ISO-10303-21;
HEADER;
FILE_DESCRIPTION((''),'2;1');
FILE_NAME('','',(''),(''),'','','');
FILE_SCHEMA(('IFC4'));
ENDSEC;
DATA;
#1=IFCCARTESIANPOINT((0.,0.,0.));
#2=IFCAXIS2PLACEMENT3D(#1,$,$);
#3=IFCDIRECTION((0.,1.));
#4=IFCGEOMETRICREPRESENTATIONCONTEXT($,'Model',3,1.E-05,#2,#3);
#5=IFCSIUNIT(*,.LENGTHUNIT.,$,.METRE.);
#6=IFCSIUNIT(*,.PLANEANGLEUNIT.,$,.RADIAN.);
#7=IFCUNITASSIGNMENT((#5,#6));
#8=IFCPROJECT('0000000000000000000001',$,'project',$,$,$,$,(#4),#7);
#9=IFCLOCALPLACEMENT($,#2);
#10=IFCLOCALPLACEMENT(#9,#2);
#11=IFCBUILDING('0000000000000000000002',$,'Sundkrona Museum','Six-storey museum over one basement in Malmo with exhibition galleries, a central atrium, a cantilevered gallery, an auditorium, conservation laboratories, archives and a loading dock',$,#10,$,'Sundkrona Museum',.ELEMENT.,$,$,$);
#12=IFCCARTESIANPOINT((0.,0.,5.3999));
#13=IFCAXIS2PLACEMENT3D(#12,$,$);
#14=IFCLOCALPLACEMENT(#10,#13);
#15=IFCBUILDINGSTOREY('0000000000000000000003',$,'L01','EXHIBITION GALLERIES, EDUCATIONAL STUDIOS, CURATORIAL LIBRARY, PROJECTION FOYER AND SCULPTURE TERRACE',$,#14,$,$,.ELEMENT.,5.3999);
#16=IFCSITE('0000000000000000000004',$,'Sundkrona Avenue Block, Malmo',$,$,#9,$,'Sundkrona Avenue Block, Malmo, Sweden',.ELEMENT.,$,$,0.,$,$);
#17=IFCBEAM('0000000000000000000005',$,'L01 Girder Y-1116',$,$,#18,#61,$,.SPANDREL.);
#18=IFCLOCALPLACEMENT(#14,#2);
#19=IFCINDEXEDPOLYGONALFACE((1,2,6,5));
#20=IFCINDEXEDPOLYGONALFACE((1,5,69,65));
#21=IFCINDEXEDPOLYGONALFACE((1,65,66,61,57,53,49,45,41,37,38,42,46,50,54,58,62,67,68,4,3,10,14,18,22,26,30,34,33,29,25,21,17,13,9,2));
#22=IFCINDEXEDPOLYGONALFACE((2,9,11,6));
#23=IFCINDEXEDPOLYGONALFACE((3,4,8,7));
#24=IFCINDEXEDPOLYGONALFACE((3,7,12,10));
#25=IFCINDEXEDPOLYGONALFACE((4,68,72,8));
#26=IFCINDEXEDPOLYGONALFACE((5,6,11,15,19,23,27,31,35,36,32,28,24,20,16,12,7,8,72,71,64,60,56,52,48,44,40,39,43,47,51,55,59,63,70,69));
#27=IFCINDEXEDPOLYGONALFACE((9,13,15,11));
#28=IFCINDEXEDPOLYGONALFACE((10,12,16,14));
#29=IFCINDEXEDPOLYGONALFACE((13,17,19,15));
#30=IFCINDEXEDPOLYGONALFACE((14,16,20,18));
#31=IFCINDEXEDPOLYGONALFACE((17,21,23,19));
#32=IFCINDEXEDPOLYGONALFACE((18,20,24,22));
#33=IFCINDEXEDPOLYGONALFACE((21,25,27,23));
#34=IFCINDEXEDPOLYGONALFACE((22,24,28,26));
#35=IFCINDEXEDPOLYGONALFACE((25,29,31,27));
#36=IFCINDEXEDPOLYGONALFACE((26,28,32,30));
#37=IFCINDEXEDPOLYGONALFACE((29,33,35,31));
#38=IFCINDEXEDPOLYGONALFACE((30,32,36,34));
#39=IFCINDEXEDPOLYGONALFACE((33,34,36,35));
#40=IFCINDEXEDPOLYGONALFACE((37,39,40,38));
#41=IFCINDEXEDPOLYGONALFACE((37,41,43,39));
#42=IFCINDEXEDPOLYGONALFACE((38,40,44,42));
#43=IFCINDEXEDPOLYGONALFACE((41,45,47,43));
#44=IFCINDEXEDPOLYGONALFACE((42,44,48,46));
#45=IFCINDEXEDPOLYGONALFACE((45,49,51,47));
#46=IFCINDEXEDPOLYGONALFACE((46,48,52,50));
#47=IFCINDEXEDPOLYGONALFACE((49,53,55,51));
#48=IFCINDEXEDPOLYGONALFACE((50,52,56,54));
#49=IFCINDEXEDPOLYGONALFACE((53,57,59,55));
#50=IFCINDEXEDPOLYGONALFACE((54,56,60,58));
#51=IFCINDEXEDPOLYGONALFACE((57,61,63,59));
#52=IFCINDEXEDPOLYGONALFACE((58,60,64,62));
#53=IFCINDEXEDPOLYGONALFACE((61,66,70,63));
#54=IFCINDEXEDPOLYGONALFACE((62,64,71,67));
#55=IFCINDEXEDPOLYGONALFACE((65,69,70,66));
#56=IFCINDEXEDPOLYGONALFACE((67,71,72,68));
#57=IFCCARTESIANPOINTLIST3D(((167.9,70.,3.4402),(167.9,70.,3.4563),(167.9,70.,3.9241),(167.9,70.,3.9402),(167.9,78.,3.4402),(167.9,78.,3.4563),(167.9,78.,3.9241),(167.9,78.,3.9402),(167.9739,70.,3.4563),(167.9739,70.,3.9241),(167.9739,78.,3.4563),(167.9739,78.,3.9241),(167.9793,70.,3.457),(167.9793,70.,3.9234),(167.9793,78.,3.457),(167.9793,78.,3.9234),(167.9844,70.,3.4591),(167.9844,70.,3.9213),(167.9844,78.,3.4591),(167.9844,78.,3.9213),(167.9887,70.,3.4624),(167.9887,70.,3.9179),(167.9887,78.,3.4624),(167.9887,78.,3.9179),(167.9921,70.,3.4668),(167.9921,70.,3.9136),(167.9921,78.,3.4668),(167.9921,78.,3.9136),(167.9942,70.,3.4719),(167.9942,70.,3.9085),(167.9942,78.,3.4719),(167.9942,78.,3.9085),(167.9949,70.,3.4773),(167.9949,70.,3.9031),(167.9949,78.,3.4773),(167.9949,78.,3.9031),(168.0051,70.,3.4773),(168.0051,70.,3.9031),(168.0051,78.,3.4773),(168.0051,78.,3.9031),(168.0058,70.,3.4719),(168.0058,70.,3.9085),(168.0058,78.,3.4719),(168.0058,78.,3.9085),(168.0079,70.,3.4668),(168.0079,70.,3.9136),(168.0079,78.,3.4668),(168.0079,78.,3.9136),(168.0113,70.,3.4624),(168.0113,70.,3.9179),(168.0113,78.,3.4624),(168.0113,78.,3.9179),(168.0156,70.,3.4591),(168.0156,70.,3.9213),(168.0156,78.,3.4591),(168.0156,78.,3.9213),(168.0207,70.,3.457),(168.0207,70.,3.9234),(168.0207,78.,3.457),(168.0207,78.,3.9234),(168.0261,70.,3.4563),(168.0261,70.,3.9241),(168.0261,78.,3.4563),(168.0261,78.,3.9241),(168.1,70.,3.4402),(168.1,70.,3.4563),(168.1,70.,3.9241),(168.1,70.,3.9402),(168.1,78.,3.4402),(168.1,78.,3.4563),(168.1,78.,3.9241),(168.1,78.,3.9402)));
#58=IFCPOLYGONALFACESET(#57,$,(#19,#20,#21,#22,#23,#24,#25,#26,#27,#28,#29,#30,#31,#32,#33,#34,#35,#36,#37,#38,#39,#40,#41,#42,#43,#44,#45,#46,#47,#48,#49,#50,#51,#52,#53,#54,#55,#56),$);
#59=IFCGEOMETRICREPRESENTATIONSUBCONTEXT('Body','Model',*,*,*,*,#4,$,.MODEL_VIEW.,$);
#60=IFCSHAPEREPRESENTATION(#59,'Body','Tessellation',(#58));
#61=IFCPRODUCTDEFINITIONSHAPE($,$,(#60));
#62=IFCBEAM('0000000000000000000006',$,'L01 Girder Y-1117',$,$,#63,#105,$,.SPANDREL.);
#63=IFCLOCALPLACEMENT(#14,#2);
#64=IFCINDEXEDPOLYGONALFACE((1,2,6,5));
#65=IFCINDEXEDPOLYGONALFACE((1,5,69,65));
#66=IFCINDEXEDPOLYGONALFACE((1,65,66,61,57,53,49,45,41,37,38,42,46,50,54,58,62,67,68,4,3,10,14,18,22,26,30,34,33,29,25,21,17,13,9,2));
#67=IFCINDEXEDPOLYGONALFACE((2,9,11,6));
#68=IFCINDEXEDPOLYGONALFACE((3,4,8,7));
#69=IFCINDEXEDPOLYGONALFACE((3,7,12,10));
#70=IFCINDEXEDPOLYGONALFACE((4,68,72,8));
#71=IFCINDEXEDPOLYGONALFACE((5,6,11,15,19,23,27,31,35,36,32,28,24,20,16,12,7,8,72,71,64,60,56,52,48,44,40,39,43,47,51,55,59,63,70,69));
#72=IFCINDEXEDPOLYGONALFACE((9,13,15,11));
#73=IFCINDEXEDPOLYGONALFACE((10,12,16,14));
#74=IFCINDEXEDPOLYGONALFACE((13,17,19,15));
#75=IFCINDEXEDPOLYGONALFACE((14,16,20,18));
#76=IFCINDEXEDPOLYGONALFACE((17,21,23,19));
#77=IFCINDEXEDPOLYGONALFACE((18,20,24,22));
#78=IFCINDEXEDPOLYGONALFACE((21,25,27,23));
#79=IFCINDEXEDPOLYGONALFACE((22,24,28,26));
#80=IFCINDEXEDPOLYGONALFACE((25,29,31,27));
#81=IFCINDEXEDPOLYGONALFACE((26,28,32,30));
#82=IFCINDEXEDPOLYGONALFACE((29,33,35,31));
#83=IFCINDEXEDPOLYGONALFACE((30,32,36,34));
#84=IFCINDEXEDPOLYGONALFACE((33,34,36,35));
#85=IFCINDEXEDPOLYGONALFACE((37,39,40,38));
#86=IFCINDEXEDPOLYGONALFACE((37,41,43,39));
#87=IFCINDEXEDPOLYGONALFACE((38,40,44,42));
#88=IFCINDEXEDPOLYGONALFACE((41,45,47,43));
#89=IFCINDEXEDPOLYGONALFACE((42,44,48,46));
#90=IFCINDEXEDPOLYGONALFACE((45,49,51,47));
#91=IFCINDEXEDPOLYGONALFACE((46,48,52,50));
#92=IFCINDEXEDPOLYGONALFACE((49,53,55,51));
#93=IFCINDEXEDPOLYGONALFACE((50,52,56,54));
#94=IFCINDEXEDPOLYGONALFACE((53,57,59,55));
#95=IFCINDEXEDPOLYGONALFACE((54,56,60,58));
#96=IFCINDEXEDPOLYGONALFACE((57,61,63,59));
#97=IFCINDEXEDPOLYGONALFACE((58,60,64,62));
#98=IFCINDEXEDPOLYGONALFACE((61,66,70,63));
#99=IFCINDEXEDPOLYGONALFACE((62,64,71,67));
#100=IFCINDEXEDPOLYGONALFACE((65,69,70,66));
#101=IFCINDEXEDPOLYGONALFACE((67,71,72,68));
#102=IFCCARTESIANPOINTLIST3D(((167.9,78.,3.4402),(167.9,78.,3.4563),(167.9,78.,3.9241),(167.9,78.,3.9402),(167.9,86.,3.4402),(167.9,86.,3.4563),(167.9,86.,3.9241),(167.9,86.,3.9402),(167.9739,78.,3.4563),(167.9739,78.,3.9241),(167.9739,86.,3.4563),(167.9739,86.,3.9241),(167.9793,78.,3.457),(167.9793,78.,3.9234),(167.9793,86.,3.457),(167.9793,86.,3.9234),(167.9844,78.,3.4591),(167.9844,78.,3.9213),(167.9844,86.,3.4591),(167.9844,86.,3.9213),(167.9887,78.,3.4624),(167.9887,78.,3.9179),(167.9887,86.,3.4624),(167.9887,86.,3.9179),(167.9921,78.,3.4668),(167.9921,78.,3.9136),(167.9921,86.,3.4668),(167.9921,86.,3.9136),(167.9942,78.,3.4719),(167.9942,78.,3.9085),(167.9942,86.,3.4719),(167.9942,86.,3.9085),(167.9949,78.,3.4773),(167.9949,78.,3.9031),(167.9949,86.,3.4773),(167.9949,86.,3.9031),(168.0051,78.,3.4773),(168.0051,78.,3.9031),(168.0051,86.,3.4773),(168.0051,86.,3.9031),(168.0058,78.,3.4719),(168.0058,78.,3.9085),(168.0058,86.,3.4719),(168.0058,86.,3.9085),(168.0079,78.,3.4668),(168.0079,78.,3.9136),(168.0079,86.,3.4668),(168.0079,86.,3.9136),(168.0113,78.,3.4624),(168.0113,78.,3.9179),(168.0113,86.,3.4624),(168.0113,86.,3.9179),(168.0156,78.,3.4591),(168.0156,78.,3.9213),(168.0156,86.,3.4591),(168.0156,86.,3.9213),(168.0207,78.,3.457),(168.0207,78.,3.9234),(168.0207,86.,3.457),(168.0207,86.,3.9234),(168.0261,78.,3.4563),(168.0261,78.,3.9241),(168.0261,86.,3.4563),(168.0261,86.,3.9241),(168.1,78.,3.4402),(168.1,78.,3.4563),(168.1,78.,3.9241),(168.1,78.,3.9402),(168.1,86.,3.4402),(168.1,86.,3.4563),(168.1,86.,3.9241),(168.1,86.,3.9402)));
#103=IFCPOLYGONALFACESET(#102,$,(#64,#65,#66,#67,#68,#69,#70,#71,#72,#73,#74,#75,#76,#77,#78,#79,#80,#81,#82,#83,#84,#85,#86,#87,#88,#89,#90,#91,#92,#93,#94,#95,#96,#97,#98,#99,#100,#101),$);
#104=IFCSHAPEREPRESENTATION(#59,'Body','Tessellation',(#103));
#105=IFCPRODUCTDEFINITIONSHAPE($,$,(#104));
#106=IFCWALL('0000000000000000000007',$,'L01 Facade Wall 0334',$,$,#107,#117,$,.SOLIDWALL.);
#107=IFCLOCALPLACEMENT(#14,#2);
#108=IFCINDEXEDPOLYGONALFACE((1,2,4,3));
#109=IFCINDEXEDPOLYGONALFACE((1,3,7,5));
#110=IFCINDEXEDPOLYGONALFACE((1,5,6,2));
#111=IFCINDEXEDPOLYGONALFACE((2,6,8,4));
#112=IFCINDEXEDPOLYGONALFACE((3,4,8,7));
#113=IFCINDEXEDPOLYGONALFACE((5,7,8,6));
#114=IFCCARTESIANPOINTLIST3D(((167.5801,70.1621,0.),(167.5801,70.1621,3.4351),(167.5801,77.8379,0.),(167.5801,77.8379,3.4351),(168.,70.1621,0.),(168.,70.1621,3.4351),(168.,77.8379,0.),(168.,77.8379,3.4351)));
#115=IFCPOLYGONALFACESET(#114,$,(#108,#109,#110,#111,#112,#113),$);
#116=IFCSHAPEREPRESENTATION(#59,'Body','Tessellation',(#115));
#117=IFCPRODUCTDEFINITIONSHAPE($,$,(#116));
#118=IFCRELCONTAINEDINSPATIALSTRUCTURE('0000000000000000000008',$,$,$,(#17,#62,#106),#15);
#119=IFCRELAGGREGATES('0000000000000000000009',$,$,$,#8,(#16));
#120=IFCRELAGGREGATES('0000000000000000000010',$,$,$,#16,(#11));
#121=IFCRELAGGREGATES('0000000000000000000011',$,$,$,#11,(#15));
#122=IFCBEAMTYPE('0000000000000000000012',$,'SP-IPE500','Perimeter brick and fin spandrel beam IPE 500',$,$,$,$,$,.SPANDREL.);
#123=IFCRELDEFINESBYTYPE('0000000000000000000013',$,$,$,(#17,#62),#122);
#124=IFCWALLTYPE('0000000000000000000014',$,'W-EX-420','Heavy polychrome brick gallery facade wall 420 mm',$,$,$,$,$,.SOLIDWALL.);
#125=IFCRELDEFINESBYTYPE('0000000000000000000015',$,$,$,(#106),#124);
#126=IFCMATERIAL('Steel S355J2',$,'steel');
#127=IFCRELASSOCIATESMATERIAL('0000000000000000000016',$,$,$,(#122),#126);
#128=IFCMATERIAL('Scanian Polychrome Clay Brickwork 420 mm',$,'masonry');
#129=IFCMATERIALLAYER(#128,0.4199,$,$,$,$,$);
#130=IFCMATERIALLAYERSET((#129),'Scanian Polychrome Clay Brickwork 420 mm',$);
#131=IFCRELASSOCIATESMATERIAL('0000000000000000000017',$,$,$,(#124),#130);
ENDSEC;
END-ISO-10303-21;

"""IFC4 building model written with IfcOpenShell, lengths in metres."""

from ifc_helpers import new_model, si_unit, direction, frame, frame_2d, origin, origin_2d, place, context, subcontext, project, spatial, rectangle, i_section, extrude, material, layer, layer_set, material_profile, profile_set, type_object, element, save


model = new_model("IFC4")

# Units and contexts
model_context = context("Model", 3, precision=1e-05, world=origin(), true_north=direction((0.0, 1.0)))
body_context = subcontext(model_context, "Body", "Model", "MODEL_VIEW")
ifc_project = project(units=[si_unit("LENGTHUNIT", "METRE"), si_unit("PLANEANGLEUNIT", "RADIAN")], contexts=[model_context])

# Site, building, storey
site_placement = place(None, origin())
site = spatial("IfcSite", under=ifc_project, at=site_placement, Name="Sundkrona Avenue Block, Malmo", LongName="Sundkrona Avenue Block, Malmo, Sweden", CompositionType="ELEMENT", RefElevation=0.0)
building_placement = place(site_placement, origin())
building = spatial("IfcBuilding", under=site, at=building_placement, Name="Sundkrona Museum", Description="Six-storey museum over one basement in Malmo with exhibition galleries, a central atrium, a cantilevered gallery, an auditorium, conservation laboratories, archives and a loading dock", LongName="Sundkrona Museum", CompositionType="ELEMENT")
storey_placement = place(building_placement, frame((0.0, 0.0, 5.3999)))
storey = spatial("IfcBuildingStorey", under=building, at=storey_placement, Name="L01", Description="EXHIBITION GALLERIES, EDUCATIONAL STUDIOS, CURATORIAL LIBRARY, PROJECTION FOYER AND SCULPTURE TERRACE", CompositionType="ELEMENT", Elevation=5.3999)

# Shared definitions
ifc_material_1 = material(Name="Steel S355J2", Category="steel")

# Beams
ifc_material_profile_1 = material_profile(ifc_material_1, i_section(OverallWidth=0.2, OverallDepth=0.5, WebThickness=0.0103, FlangeThickness=0.0161, FilletRadius=0.021, at=origin_2d()), Name="IPE 500")
ifc_profile_set_1 = profile_set([ifc_material_profile_1], Name="Steel S355J2")
beam_type_1 = type_object("IfcBeamType", Name="SP-IPE500", Description="Perimeter brick and fin spandrel beam IPE 500", PredefinedType="SPANDREL", material=ifc_profile_set_1)
for number, where, z_axis, x_axis, name in (
    (1, (168.0, 70.0, 3.6902), (0.0, 1.0, 0.0), (-1.0, 0.0, 0.0), "L01 Girder Y-1116"),
    (2, (168.0, 78.0, 3.6902), (0.0, 1.0, 0.0), (-1.0, 0.0, 0.0), "L01 Girder Y-1117"),
):
    element("IfcBeam", number, at=place(storey_placement, frame(where, z_axis=z_axis, x_axis=x_axis)), inside=storey, type_object=beam_type_1, Name=name, PredefinedType="SPANDREL", context=body_context, shape_type="SweptSolid", body=[
        extrude(i_section(OverallWidth=0.2, OverallDepth=0.5, WebThickness=0.0103, FlangeThickness=0.0161, FilletRadius=0.021, at=origin_2d()), origin(), (0.0, 0.0, 1.0), 8.0),
    ])

# Wall
ifc_material_2 = material(Name="Scanian Polychrome Clay Brickwork 420 mm", Category="masonry")
ifc_layer = layer(ifc_material_2, 0.4199)
ifc_layer_set = layer_set([ifc_layer], Name="Scanian Polychrome Clay Brickwork 420 mm")
wall_type = type_object("IfcWallType", Name="W-EX-420", Description="Heavy polychrome brick gallery facade wall 420 mm", PredefinedType="SOLIDWALL", material=ifc_layer_set)
wall_placement = place(storey_placement, frame((167.79, 77.8379, 0.0), z_axis=(0.0, 0.0, 1.0), x_axis=(0.0, -1.0, 0.0)))
element("IfcWall", 3, at=wall_placement, inside=storey, type_object=wall_type, Name="L01 Facade Wall 0334", PredefinedType="SOLIDWALL", context=body_context, shape_type="SweptSolid", body=[
    extrude(rectangle(XDim=7.6758, YDim=0.4199, at=frame_2d((3.8379, 0.0))), origin(), (0.0, 0.0, 1.0), 3.4351),
])

save(model, "model.ifc")
